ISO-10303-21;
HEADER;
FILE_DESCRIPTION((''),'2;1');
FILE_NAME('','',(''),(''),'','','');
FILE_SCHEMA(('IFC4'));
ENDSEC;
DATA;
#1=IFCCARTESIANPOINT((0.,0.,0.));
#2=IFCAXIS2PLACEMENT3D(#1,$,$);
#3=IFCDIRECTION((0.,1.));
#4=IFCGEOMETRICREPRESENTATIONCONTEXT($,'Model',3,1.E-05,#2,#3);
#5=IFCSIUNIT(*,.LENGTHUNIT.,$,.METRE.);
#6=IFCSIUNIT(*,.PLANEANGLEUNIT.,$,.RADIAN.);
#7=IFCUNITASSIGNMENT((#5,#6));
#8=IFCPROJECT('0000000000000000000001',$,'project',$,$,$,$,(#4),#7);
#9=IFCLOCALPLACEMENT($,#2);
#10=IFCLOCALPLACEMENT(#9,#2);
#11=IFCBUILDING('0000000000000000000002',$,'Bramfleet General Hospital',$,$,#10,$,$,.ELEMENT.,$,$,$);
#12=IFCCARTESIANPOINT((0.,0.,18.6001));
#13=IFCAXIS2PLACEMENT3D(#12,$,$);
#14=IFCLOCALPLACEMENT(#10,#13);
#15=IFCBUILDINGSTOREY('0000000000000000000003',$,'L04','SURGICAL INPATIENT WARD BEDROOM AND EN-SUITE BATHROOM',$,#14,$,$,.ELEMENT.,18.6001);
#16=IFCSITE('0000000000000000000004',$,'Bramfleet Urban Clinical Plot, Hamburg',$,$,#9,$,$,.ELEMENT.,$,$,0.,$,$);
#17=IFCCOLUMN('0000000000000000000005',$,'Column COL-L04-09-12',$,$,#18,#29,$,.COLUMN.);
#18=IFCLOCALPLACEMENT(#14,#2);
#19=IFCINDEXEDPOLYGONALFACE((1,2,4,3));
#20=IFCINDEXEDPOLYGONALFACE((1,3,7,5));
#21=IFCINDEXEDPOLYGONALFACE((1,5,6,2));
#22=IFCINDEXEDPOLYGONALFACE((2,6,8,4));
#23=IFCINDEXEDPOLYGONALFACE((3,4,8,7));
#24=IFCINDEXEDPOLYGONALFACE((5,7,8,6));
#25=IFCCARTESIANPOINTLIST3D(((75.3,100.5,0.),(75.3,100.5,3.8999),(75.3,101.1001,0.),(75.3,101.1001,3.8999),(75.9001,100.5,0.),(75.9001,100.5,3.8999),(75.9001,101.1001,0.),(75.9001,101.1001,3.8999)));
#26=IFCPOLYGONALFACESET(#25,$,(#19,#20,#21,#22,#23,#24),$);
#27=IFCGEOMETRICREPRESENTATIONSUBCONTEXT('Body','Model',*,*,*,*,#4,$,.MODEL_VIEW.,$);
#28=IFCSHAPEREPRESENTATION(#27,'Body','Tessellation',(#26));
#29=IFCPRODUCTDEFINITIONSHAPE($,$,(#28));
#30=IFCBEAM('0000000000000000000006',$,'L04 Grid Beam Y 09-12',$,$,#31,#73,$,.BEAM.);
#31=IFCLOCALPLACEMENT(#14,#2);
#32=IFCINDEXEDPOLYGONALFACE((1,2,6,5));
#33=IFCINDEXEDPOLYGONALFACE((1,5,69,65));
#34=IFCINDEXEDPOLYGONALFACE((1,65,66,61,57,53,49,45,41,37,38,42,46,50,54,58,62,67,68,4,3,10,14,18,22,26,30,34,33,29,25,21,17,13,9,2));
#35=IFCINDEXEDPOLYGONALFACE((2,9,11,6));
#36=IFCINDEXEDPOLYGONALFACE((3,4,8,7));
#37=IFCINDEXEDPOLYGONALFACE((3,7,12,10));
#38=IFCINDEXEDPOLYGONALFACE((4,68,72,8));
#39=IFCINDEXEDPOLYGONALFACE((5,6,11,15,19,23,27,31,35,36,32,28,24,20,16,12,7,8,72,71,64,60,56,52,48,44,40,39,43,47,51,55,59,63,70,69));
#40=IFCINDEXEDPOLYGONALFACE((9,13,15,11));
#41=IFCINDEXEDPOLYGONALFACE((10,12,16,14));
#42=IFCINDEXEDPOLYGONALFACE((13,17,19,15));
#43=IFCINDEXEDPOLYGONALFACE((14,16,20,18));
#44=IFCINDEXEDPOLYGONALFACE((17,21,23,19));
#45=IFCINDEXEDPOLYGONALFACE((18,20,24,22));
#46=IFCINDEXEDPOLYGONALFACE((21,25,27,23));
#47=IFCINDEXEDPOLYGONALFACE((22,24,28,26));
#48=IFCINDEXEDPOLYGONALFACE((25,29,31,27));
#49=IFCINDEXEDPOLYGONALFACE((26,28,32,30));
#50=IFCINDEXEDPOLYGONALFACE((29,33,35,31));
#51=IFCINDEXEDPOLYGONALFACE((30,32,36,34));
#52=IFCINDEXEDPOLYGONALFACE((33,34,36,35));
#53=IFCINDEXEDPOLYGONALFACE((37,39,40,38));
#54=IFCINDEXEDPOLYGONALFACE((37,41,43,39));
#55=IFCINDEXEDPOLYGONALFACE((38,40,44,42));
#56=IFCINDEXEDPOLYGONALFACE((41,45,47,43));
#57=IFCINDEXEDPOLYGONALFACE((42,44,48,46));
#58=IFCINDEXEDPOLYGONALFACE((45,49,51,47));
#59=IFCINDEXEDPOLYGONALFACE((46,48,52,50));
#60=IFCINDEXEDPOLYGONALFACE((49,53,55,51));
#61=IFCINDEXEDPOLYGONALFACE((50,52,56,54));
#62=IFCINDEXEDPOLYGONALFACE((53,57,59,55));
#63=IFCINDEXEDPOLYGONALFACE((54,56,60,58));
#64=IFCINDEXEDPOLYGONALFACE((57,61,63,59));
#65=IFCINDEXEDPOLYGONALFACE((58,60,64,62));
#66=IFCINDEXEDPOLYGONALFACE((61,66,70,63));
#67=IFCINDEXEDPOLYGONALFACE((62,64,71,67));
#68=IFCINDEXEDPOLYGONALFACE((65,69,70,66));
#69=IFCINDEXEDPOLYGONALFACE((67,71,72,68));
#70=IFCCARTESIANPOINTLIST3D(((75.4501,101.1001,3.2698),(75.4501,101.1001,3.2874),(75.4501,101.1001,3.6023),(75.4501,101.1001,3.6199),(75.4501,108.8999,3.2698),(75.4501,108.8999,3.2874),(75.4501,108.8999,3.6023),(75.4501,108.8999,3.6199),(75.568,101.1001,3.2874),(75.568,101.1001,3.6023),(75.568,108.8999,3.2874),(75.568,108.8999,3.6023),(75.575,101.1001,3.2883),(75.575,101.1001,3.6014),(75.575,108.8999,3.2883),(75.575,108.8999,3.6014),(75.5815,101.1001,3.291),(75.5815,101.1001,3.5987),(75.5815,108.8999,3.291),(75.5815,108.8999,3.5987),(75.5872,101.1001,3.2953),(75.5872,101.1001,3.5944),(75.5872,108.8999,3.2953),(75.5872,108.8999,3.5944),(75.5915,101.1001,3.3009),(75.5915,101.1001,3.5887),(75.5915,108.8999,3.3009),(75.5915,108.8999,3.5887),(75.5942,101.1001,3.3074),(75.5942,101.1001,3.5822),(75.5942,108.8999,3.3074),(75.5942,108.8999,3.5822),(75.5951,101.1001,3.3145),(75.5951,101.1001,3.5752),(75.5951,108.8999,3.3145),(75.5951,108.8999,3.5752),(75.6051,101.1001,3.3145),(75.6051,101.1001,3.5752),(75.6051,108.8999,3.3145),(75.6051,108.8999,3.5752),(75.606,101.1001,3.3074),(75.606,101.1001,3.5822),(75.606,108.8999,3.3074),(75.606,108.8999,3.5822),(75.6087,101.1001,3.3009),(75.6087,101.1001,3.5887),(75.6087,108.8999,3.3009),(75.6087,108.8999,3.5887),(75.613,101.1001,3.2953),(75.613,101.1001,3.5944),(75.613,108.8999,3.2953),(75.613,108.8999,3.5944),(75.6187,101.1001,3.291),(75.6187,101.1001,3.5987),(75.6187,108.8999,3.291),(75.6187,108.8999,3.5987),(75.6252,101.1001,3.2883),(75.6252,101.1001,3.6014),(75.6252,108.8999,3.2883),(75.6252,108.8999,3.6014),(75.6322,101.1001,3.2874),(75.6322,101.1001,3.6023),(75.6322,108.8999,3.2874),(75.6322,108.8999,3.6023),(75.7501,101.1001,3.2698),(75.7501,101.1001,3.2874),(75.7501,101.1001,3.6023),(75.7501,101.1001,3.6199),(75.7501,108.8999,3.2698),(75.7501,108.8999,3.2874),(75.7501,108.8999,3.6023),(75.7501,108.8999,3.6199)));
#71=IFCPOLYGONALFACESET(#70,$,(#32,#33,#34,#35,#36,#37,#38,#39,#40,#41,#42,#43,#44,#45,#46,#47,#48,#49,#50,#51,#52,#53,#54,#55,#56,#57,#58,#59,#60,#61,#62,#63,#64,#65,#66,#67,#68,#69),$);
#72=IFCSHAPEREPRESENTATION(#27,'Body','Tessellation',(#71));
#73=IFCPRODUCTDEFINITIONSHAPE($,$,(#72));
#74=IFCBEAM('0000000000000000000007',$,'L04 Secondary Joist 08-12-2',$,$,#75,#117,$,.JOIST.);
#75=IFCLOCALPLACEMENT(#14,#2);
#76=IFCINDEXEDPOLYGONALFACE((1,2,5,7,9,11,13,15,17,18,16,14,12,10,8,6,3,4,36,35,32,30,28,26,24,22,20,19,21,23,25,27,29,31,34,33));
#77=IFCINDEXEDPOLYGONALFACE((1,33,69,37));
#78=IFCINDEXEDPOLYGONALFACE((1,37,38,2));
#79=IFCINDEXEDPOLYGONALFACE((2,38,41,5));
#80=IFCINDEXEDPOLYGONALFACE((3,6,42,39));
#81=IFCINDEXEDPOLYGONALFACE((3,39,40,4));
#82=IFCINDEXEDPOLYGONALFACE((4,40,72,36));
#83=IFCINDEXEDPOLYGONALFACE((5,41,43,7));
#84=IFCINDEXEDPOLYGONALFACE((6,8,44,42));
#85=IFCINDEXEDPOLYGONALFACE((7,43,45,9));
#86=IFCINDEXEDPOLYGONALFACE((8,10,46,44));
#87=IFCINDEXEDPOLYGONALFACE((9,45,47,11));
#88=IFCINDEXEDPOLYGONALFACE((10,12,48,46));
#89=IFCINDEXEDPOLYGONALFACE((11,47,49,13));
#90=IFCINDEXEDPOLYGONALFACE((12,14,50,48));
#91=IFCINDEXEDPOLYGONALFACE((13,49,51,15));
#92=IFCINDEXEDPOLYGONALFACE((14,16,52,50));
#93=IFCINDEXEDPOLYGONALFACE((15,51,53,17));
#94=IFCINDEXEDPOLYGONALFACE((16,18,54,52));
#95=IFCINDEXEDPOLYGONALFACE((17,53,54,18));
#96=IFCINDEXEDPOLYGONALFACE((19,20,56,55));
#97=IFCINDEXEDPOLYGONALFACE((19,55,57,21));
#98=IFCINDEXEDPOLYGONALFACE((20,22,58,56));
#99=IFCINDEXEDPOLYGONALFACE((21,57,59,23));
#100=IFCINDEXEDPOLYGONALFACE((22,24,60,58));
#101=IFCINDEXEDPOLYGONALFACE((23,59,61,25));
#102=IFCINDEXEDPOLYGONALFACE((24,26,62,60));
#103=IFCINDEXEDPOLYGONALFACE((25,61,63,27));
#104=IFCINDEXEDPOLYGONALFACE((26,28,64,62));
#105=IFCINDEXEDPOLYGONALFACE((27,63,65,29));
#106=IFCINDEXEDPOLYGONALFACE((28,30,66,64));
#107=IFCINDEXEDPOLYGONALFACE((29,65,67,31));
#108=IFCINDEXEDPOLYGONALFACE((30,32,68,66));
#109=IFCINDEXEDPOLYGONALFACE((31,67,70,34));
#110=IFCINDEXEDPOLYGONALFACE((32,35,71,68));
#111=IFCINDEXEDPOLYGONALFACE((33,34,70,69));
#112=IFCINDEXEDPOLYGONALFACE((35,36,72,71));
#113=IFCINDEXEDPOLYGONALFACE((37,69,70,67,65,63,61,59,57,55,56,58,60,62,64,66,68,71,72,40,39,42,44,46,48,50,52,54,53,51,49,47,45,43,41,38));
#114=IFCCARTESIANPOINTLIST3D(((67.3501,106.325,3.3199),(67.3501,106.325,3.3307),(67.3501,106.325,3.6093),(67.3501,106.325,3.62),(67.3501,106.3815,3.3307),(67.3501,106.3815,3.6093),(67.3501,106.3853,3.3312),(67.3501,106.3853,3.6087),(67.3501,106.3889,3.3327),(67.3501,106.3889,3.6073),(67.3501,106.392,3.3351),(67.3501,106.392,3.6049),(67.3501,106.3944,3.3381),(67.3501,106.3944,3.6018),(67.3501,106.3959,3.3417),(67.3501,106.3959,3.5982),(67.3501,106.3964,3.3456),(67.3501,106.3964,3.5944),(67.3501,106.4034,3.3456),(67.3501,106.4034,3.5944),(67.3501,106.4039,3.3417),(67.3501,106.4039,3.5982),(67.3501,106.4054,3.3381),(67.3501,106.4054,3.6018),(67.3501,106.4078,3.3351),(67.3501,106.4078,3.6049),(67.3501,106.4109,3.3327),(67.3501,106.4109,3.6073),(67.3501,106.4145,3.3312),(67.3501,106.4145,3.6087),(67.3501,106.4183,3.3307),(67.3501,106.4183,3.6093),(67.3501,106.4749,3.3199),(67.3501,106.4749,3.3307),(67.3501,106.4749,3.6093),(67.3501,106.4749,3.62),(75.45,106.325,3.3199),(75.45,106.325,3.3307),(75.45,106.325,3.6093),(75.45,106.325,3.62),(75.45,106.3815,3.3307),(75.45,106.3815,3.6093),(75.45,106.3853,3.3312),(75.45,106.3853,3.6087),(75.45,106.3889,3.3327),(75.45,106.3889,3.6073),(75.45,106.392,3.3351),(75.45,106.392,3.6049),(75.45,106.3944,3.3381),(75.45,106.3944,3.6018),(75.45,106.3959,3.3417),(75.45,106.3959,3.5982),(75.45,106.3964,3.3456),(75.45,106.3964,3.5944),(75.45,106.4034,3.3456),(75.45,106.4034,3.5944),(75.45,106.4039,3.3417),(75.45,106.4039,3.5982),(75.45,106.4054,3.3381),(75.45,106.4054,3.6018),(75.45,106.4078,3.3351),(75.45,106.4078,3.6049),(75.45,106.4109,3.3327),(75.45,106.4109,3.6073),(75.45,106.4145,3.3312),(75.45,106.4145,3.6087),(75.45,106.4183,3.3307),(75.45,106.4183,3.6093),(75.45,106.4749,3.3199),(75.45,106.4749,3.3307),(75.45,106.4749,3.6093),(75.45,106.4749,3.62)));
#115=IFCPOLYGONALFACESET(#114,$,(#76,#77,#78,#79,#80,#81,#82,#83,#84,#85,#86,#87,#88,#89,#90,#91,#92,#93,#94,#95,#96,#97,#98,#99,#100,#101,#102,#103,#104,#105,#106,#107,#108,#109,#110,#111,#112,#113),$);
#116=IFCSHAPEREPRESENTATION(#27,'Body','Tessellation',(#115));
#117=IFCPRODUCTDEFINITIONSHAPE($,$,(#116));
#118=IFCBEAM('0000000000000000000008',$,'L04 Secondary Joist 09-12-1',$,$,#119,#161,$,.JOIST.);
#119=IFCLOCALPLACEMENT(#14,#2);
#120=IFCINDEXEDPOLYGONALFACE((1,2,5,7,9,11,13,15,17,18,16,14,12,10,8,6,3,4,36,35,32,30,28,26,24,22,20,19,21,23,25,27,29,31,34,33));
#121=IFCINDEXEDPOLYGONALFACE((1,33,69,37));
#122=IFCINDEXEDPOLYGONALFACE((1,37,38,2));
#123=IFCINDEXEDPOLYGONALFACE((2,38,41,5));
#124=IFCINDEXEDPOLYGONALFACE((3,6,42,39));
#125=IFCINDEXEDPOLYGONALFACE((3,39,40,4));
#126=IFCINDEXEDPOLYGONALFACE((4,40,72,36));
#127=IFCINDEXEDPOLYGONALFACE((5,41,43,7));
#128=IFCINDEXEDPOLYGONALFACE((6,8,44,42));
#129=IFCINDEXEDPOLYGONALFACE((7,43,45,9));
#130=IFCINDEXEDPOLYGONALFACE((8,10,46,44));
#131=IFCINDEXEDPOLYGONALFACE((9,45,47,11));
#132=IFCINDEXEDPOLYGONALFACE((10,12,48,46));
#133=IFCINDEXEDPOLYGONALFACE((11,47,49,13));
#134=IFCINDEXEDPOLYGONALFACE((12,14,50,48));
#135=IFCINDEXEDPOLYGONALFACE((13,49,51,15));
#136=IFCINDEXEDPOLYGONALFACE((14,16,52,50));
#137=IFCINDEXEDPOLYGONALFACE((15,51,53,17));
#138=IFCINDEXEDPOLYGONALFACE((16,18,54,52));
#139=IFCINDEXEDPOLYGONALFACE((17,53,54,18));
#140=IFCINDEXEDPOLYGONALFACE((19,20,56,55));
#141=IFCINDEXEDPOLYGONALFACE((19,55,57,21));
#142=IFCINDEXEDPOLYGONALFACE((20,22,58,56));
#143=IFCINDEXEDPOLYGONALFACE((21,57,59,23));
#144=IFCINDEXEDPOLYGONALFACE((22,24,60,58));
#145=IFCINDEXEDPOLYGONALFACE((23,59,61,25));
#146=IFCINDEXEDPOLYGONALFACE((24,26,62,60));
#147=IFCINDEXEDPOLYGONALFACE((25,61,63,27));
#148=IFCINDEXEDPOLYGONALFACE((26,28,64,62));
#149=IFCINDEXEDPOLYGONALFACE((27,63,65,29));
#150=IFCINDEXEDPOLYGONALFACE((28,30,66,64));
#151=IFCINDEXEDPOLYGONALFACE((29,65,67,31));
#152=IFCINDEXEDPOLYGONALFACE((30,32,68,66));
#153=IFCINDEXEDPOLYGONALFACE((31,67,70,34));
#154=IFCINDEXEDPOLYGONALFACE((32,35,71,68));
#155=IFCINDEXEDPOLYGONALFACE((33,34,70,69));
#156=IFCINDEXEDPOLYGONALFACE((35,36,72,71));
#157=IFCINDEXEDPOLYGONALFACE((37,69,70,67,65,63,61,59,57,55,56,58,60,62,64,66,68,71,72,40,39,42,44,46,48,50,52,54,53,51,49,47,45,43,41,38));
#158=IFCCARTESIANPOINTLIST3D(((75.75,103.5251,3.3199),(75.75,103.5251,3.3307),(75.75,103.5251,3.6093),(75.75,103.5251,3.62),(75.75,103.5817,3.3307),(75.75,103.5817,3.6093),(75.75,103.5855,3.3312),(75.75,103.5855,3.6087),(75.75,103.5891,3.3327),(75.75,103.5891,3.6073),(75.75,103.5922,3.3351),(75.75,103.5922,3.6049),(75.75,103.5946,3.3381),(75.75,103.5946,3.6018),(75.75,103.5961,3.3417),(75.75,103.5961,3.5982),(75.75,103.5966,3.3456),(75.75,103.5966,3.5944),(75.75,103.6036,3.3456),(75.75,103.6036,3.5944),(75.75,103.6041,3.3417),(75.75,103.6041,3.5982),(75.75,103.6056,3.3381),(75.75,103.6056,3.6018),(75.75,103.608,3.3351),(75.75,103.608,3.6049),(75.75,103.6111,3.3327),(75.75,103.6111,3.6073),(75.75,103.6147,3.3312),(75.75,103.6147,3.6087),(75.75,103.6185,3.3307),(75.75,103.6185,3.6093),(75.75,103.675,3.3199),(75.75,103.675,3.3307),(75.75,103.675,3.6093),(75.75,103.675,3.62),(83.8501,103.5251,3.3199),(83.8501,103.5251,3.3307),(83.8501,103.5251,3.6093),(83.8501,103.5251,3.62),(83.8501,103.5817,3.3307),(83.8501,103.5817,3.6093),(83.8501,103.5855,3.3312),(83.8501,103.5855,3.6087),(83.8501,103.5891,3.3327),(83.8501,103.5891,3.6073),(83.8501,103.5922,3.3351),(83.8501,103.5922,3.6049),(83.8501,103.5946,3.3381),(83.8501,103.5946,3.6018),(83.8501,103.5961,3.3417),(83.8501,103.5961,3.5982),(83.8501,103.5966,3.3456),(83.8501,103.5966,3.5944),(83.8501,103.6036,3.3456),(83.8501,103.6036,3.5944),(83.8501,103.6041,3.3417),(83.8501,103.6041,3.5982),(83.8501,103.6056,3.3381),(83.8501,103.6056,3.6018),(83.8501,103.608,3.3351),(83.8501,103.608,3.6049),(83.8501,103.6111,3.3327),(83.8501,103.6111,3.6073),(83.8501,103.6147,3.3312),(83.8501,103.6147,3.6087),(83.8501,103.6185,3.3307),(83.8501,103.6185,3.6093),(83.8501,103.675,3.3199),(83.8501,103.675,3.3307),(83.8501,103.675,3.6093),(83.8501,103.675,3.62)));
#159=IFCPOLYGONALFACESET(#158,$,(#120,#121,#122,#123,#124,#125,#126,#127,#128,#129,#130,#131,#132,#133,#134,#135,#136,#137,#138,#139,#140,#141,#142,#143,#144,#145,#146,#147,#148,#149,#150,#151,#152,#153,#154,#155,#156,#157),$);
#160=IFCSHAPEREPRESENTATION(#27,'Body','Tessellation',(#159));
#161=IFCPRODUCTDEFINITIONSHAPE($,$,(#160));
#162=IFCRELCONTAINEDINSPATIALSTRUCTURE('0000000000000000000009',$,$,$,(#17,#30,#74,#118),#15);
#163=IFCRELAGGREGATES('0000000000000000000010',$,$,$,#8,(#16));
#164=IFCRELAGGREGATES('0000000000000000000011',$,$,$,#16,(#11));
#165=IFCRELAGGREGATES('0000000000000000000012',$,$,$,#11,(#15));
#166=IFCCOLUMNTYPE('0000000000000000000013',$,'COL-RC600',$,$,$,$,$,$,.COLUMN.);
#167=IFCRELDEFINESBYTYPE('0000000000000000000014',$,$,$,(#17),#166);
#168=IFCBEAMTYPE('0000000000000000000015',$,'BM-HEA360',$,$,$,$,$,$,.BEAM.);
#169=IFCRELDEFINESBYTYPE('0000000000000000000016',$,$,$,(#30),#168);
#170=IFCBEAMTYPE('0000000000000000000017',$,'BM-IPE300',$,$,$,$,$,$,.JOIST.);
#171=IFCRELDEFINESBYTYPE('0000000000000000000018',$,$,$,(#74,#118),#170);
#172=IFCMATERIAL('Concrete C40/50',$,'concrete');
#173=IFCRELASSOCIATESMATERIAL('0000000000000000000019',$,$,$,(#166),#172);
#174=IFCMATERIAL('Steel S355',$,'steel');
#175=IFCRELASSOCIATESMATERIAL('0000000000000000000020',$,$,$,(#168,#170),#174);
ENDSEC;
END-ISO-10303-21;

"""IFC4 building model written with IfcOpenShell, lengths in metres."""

from ifc_helpers import new_model, si_unit, direction, frame, origin, origin_2d, place, context, subcontext, project, spatial, rectangle, i_section, extrude, material, material_profile, profile_set, type_object, element, save


model = new_model("IFC4")

# Units and contexts
model_context = context("Model", 3, precision=1e-05, world=origin(), true_north=direction((0.0, 1.0)))
body_context = subcontext(model_context, "Body", "Model", "MODEL_VIEW")
ifc_project = project(units=[si_unit("LENGTHUNIT", "METRE"), si_unit("PLANEANGLEUNIT", "RADIAN")], contexts=[model_context])

# Site, building, storey
site_placement = place(None, origin())
site = spatial("IfcSite", under=ifc_project, at=site_placement, Name="Bramfleet Urban Clinical Plot, Hamburg", CompositionType="ELEMENT", RefElevation=0.0)
building_placement = place(site_placement, origin())
building = spatial("IfcBuilding", under=site, at=building_placement, Name="Bramfleet General Hospital", CompositionType="ELEMENT")
storey_placement = place(building_placement, frame((0.0, 0.0, 18.6001)))
storey = spatial("IfcBuildingStorey", under=building, at=storey_placement, Name="L04", Description="SURGICAL INPATIENT WARD BEDROOM AND EN-SUITE BATHROOM", CompositionType="ELEMENT", Elevation=18.6001)

# Column
ifc_material_1 = material(Name="Concrete C40/50", Category="concrete")
ifc_material_profile_1 = material_profile(ifc_material_1, rectangle(XDim=0.6001, YDim=0.6001, at=origin_2d()), Name="RC COL 600x600")
ifc_profile_set_1 = profile_set([ifc_material_profile_1], Name="Concrete C40/50")
column_type = type_object("IfcColumnType", Name="COL-RC600", PredefinedType="COLUMN", material=ifc_profile_set_1)
column_placement = place(storey_placement, frame((75.6001, 100.8, 0.0), z_axis=(0.0, 0.0, 1.0), x_axis=(1.0, 0.0, 0.0)))
element("IfcColumn", 1, at=column_placement, inside=storey, type_object=column_type, Name="Column COL-L04-09-12", PredefinedType="COLUMN", context=body_context, shape_type="SweptSolid", body=[
    extrude(rectangle(XDim=0.6001, YDim=0.6001, at=origin_2d()), origin(), (0.0, 0.0, 1.0), 3.8999),
])

# Beams
ifc_material_2 = material(Name="Steel S355", Category="steel")
ifc_material_profile_2 = material_profile(ifc_material_2, i_section(OverallWidth=0.3, OverallDepth=0.3501, WebThickness=0.01, FlangeThickness=0.0176, FilletRadius=0.0271, at=origin_2d()), Name="HEA 360")
ifc_profile_set_2 = profile_set([ifc_material_profile_2], Name="Steel S355")
beam_type_1 = type_object("IfcBeamType", Name="BM-HEA360", PredefinedType="BEAM", material=ifc_profile_set_2)
beam_1_placement = place(storey_placement, frame((75.6001, 101.1001, 3.4448), z_axis=(0.0, 1.0, 0.0), x_axis=(-1.0, 0.0, 0.0)))
element("IfcBeam", 2, at=beam_1_placement, inside=storey, type_object=beam_type_1, Name="L04 Grid Beam Y 09-12", PredefinedType="BEAM", context=body_context, shape_type="SweptSolid", body=[
    extrude(i_section(OverallWidth=0.3, OverallDepth=0.3501, WebThickness=0.01, FlangeThickness=0.0176, FilletRadius=0.0271, at=origin_2d()), origin(), (0.0, 0.0, 1.0), 7.7998),
])
ifc_material_profile_3 = material_profile(ifc_material_2, i_section(OverallWidth=0.1499, OverallDepth=0.3, WebThickness=0.0071, FlangeThickness=0.0107, FilletRadius=0.0149, at=origin_2d()), Name="IPE 300")
ifc_profile_set_3 = profile_set([ifc_material_profile_3], Name="Steel S355")
beam_type_2 = type_object("IfcBeamType", Name="BM-IPE300", PredefinedType="JOIST", material=ifc_profile_set_3)
beam_2_placement = place(storey_placement, frame((67.3501, 106.3999, 3.47), z_axis=(1.0, 0.0, 0.0), x_axis=(0.0, 1.0, 0.0)))
element("IfcBeam", 3, at=beam_2_placement, inside=storey, type_object=beam_type_2, Name="L04 Secondary Joist 08-12-2", PredefinedType="JOIST", context=body_context, shape_type="SweptSolid", body=[
    extrude(i_section(OverallWidth=0.1499, OverallDepth=0.3, WebThickness=0.0071, FlangeThickness=0.0107, FilletRadius=0.0149, at=origin_2d()), origin(), (0.0, 0.0, 1.0), 8.0999),
])
beam_3_placement = place(storey_placement, frame((75.75, 103.6001, 3.47), z_axis=(1.0, 0.0, 0.0), x_axis=(0.0, 1.0, 0.0)))
element("IfcBeam", 4, at=beam_3_placement, inside=storey, type_object=beam_type_2, Name="L04 Secondary Joist 09-12-1", PredefinedType="JOIST", context=body_context, shape_type="SweptSolid", body=[
    extrude(i_section(OverallWidth=0.1499, OverallDepth=0.3, WebThickness=0.0071, FlangeThickness=0.0107, FilletRadius=0.0149, at=origin_2d()), origin(), (0.0, 0.0, 1.0), 8.1001),
])

save(model, "model.ifc")
